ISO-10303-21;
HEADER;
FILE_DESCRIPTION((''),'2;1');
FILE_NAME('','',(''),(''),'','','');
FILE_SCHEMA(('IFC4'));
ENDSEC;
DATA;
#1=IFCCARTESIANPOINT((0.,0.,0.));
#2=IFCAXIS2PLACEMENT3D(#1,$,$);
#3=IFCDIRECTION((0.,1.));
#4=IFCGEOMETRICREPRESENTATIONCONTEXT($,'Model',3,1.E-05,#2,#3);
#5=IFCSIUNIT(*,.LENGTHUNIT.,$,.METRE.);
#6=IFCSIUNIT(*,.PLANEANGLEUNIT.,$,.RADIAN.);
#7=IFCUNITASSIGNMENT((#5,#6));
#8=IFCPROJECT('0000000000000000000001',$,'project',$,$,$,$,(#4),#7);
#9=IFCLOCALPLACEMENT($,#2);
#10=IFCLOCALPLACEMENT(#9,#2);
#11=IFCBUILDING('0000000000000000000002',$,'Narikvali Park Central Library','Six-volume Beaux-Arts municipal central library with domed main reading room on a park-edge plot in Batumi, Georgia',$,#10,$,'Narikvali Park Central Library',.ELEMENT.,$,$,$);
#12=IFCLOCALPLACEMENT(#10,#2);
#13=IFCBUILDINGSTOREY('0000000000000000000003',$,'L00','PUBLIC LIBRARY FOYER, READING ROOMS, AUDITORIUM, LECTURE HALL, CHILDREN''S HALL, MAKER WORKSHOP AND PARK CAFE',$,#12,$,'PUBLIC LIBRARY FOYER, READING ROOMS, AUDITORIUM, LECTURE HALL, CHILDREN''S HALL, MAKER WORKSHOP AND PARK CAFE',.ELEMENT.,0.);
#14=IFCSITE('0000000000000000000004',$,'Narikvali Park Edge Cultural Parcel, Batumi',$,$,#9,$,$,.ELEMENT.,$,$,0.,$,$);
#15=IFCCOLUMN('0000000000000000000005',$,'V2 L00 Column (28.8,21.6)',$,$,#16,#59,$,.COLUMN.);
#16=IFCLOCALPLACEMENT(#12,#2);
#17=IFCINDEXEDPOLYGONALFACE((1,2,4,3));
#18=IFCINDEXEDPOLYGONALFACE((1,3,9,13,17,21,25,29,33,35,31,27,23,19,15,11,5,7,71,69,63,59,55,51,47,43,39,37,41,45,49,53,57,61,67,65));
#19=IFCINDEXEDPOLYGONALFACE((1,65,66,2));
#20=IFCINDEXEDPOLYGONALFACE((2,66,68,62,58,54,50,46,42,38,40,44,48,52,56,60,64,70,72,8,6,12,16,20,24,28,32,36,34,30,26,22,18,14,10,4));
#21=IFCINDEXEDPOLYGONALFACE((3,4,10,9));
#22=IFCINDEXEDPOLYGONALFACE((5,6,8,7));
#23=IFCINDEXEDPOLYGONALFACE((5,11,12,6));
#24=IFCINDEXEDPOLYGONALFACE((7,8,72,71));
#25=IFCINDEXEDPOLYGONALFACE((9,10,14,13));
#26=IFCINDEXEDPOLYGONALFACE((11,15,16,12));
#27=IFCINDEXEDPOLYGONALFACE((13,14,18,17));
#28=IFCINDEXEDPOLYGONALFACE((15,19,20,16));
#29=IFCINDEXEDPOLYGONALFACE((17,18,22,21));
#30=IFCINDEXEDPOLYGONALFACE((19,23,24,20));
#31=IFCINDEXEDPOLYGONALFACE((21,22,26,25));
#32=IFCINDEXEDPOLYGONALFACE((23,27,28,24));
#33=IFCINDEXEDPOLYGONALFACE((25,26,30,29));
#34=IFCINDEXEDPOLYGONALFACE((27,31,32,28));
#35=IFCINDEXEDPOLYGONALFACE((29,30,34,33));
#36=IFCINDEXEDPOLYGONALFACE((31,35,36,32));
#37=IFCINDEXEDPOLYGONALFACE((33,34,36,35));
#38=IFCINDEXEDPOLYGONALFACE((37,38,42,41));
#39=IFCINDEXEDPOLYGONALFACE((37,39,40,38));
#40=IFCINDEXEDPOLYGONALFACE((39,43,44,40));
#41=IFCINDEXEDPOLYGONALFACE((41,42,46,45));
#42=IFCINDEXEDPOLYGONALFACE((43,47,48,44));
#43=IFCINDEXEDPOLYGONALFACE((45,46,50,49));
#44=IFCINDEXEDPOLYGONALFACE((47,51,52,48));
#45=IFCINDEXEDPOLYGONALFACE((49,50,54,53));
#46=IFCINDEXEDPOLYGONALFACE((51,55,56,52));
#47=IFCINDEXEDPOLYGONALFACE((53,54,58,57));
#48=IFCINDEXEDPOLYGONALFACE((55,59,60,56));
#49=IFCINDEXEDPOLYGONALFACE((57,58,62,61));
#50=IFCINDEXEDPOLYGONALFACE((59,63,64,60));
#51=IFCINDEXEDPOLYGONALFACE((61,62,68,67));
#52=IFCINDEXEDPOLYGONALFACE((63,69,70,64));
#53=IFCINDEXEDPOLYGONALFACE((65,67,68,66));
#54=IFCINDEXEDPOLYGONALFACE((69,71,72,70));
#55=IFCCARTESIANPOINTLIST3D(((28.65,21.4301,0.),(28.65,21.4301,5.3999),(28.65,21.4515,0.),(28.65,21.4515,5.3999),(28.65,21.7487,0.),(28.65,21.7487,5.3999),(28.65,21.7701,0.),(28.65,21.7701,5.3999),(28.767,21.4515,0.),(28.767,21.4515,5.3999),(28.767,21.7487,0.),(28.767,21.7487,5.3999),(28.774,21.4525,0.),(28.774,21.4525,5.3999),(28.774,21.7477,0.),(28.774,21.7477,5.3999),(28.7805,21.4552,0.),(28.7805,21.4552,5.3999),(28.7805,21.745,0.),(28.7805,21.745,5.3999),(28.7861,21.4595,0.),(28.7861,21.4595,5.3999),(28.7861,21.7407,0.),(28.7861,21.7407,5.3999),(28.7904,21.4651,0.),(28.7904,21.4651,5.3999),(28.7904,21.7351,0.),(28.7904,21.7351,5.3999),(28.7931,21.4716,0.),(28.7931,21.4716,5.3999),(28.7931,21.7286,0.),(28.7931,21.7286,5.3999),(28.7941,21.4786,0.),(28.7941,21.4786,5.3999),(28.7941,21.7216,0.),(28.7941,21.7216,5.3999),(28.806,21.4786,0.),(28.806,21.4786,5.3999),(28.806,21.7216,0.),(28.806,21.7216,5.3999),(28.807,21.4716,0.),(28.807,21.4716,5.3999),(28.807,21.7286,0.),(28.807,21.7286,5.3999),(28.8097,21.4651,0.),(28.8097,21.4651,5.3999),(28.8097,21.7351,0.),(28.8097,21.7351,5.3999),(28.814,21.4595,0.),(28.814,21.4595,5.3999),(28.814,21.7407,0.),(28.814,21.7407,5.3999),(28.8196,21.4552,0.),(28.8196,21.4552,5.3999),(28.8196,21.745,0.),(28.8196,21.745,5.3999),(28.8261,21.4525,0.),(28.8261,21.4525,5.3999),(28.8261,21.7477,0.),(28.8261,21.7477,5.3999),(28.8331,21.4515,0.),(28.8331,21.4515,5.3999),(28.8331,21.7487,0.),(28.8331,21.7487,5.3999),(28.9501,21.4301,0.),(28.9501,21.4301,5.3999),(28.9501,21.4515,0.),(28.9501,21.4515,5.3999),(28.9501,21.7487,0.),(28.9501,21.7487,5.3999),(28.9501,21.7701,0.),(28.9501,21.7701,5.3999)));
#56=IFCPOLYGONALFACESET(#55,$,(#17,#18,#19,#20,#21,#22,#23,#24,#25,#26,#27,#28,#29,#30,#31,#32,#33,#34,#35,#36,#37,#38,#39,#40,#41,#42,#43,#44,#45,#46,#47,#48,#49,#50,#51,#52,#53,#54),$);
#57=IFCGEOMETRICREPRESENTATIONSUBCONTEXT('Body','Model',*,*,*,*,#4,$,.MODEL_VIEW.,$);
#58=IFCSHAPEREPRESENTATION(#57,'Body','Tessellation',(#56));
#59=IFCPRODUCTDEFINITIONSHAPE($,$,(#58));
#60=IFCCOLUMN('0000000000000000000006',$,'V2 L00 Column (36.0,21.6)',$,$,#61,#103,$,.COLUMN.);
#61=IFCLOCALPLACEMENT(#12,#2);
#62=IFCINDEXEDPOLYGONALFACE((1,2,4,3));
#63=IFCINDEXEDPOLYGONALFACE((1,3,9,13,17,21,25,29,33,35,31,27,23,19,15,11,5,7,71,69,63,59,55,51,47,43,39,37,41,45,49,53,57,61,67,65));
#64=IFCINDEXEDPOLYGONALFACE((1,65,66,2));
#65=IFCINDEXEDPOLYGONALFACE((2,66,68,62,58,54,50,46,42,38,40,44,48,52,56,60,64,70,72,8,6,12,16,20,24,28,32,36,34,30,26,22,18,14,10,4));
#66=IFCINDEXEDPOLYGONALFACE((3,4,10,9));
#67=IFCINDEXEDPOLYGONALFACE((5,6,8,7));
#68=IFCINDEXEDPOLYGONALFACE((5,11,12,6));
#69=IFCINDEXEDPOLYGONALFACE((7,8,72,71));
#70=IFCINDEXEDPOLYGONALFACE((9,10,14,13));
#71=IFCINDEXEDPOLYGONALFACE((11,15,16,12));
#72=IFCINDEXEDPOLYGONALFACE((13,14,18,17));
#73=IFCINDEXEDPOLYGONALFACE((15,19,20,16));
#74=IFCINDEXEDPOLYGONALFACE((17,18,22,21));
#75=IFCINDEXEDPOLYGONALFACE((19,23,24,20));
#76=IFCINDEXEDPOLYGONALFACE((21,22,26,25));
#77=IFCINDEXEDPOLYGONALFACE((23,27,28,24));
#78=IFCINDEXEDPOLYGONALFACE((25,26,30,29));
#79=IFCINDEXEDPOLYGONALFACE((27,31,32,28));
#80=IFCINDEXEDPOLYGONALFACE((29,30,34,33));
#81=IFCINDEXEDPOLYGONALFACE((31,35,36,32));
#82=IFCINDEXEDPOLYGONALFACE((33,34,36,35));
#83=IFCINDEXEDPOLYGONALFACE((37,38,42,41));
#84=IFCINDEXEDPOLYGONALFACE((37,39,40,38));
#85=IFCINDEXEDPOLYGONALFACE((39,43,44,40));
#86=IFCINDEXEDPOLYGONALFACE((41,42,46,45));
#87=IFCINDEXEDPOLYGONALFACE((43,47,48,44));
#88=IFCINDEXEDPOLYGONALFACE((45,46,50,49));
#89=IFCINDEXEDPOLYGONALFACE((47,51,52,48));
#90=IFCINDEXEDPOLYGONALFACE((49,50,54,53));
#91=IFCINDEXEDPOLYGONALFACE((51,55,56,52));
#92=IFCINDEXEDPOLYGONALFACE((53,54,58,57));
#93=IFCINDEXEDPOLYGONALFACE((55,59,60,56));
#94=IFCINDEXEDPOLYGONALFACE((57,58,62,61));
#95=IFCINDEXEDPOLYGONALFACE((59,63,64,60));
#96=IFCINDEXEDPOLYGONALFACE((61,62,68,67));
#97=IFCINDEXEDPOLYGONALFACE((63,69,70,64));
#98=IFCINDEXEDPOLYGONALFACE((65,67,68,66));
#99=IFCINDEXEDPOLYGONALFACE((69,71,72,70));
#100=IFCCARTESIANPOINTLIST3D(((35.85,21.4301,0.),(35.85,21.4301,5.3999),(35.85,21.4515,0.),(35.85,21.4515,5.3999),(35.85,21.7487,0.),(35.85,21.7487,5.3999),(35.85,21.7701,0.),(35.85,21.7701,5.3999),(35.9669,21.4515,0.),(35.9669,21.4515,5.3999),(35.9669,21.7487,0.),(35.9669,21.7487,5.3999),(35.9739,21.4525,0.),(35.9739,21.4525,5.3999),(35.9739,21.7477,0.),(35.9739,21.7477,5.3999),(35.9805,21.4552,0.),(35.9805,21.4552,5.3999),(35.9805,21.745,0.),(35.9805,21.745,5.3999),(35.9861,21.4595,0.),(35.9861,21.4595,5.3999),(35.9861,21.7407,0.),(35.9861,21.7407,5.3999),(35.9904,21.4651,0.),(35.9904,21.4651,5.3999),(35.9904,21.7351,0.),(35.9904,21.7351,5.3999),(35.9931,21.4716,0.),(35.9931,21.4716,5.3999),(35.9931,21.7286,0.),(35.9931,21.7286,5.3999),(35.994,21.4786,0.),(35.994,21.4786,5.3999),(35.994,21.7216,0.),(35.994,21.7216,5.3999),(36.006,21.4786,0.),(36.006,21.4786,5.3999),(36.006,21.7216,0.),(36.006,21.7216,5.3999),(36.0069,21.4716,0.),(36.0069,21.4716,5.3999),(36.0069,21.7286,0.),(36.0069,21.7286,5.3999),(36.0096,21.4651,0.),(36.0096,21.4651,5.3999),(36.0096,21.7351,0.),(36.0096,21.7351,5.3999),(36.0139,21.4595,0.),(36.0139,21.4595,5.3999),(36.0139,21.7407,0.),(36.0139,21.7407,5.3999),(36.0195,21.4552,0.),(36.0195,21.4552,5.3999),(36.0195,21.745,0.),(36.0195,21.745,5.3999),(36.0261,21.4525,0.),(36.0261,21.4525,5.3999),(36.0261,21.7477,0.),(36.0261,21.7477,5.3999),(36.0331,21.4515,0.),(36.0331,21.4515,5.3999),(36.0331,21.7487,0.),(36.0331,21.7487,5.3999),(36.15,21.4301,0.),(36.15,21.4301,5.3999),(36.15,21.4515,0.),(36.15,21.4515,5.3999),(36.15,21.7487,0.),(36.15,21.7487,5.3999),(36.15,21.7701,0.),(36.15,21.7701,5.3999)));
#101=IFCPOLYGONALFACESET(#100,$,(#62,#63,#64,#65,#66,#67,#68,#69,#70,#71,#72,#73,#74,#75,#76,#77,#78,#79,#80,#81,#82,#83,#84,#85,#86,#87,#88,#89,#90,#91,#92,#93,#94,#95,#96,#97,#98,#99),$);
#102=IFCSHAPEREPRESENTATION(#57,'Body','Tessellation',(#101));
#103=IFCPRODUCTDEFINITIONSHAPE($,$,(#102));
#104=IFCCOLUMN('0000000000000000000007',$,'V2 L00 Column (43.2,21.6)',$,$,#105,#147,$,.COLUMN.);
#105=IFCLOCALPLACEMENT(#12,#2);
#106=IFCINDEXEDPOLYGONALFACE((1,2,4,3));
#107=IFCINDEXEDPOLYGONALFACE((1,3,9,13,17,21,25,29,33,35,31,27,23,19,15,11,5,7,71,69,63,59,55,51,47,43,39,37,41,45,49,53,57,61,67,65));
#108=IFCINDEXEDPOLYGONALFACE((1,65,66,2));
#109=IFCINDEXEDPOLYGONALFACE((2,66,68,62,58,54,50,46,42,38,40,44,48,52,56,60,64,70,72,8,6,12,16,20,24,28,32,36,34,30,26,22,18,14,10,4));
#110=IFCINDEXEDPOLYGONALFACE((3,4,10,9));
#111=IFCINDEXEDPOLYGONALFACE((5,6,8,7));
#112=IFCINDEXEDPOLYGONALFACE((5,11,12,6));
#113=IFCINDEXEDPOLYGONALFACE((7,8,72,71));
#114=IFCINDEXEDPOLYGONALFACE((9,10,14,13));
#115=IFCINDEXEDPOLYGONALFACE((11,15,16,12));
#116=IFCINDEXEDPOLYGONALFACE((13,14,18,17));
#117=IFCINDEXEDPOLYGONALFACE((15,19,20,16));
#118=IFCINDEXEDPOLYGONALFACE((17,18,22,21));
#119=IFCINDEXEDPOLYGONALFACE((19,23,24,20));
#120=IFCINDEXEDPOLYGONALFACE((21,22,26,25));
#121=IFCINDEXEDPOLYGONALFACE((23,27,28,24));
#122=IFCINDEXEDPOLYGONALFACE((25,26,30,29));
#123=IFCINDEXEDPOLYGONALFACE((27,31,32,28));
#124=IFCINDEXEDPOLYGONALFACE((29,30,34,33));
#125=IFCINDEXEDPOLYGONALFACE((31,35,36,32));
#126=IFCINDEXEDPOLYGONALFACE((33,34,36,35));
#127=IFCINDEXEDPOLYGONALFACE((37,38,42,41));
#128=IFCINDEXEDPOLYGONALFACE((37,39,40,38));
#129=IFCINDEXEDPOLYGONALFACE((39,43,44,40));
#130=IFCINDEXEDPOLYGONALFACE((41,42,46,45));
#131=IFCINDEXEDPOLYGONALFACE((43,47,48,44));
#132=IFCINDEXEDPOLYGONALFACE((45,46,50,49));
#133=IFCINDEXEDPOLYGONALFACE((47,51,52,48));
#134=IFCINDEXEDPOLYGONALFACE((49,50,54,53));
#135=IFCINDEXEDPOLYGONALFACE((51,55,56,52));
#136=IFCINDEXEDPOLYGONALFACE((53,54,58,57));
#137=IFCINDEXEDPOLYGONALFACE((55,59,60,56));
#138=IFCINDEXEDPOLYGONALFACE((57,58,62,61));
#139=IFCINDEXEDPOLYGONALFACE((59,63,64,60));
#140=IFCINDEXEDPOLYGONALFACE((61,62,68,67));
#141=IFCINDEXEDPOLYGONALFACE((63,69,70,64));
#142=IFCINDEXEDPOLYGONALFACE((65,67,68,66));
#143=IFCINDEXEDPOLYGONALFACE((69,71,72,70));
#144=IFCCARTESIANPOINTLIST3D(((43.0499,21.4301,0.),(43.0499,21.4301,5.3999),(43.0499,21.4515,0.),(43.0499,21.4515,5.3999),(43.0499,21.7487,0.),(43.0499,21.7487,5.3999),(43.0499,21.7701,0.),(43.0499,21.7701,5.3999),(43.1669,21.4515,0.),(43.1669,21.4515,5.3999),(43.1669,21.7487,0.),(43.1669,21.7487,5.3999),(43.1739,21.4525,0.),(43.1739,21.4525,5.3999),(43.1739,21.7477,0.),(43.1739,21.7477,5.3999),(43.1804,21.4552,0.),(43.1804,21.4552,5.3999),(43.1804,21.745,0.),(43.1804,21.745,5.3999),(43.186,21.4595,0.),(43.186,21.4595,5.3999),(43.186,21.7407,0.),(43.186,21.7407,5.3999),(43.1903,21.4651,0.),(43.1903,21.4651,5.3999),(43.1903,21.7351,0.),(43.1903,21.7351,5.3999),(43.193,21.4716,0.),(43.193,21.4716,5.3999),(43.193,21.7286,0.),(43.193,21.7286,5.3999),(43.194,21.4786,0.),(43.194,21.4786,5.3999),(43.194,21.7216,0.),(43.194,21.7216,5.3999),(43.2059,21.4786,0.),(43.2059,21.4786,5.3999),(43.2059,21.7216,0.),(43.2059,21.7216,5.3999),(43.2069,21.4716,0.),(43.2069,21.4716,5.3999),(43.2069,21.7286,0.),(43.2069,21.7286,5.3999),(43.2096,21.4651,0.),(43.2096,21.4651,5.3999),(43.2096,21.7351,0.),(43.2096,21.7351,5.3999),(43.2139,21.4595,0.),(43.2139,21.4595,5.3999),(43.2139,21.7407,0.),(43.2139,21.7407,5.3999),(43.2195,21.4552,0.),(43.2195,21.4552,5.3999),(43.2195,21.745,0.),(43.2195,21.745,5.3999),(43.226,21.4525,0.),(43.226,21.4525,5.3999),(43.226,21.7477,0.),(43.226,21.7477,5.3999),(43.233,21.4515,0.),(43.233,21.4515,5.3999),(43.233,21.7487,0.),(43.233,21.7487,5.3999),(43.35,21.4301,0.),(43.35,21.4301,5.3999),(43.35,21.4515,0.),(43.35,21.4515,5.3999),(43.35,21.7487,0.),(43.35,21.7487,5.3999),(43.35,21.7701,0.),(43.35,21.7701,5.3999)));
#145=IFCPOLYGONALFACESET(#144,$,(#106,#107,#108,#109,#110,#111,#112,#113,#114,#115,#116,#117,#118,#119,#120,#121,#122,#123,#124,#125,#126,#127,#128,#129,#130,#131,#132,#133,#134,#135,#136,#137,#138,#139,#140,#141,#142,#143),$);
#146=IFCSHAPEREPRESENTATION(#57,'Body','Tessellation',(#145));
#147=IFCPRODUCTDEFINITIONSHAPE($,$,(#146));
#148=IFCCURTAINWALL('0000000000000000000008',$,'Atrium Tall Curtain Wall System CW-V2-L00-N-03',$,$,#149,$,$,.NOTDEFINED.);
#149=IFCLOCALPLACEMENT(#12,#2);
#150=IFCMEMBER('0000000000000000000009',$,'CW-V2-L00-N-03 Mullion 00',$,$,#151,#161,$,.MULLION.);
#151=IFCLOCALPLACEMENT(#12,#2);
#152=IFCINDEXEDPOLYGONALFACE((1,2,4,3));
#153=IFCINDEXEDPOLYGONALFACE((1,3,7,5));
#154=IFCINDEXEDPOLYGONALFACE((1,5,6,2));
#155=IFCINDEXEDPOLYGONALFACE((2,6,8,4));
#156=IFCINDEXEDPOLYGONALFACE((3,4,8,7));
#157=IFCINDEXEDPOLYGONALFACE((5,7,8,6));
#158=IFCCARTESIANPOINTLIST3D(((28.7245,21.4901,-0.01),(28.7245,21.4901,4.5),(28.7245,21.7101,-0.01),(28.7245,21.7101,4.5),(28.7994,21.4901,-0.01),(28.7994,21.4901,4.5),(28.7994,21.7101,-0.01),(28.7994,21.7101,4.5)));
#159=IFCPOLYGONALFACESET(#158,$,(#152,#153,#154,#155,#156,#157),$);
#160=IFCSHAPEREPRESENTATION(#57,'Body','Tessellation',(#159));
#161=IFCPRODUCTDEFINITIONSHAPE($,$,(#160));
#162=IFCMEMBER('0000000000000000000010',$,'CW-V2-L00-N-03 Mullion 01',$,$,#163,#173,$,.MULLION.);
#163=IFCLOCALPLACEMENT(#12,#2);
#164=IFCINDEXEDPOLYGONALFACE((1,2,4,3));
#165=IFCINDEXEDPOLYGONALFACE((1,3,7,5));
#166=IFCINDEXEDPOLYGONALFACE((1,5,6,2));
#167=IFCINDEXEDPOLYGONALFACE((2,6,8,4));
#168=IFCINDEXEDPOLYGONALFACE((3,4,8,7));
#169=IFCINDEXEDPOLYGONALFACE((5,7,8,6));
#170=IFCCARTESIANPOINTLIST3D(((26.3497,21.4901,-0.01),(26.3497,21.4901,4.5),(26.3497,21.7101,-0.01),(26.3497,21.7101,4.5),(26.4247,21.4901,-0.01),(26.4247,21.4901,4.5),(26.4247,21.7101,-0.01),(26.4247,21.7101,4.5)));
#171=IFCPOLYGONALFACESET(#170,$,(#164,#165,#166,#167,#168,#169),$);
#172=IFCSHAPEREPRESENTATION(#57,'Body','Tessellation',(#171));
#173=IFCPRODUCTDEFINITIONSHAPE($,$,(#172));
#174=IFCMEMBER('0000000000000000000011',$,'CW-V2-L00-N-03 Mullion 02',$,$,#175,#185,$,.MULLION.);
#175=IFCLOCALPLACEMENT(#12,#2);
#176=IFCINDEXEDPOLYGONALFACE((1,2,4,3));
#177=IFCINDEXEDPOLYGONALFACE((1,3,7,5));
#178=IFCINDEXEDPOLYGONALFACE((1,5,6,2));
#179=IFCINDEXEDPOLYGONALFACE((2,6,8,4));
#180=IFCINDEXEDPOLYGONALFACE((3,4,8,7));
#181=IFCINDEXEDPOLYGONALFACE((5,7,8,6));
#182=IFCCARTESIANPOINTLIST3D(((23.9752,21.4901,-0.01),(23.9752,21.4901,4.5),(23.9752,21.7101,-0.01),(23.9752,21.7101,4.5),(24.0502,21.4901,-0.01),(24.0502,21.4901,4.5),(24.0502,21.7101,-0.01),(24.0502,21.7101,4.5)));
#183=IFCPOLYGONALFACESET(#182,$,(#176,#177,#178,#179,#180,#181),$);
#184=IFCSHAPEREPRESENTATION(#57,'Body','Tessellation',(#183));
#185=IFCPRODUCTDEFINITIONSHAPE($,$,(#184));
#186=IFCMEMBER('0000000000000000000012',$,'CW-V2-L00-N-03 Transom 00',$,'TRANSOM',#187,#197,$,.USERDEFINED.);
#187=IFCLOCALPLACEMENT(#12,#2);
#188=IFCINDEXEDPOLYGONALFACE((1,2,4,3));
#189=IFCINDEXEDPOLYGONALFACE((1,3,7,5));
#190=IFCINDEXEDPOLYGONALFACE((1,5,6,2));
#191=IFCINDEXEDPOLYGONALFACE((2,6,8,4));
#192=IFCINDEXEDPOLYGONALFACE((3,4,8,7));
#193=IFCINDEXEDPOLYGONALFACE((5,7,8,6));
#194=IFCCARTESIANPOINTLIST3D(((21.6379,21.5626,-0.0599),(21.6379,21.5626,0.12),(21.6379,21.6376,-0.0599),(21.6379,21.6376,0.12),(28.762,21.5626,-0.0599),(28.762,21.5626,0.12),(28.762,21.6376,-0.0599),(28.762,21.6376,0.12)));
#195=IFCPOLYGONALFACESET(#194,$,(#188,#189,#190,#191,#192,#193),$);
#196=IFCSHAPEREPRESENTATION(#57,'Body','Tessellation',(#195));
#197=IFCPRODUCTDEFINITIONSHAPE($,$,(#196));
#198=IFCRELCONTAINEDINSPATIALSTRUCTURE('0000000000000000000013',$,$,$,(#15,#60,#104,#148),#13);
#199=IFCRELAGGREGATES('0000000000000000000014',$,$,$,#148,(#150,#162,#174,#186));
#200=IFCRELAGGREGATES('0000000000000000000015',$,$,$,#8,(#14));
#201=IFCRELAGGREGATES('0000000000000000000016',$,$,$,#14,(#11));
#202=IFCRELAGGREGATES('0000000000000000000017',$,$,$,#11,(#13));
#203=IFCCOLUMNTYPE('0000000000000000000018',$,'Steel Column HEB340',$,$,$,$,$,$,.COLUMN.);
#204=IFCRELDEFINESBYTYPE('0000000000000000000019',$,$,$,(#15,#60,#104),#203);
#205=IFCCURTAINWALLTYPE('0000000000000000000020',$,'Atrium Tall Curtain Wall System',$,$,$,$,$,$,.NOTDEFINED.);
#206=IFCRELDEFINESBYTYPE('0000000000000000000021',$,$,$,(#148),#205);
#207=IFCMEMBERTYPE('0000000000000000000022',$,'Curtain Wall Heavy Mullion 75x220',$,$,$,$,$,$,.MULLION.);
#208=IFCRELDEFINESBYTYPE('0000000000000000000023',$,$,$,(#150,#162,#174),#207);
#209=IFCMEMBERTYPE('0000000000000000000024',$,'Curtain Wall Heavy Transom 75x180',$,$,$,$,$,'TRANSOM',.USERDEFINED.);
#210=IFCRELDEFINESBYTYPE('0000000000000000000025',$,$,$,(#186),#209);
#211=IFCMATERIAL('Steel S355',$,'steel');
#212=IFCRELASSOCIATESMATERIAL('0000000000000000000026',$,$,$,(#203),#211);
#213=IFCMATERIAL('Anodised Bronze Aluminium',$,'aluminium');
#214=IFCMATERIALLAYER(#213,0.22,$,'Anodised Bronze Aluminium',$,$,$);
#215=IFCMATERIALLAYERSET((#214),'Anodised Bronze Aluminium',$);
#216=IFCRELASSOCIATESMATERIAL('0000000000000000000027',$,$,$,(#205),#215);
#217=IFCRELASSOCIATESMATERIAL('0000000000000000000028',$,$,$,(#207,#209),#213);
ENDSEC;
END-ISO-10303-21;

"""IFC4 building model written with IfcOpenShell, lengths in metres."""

from ifc_helpers import new_model, si_unit, direction, frame, origin, origin_2d, place, context, subcontext, project, spatial, rectangle, i_section, extrude, material, layer, layer_set, material_profile, profile_set, type_object, element, aggregate, save


model = new_model("IFC4")

# Units and contexts
model_context = context("Model", 3, precision=1e-05, world=origin(), true_north=direction((0.0, 1.0)))
body_context = subcontext(model_context, "Body", "Model", "MODEL_VIEW")
ifc_project = project(units=[si_unit("LENGTHUNIT", "METRE"), si_unit("PLANEANGLEUNIT", "RADIAN")], contexts=[model_context])

# Site, building, storey
site_placement = place(None, origin())
site = spatial("IfcSite", under=ifc_project, at=site_placement, Name="Narikvali Park Edge Cultural Parcel, Batumi", CompositionType="ELEMENT", RefElevation=0.0)
building_placement = place(site_placement, origin())
building = spatial("IfcBuilding", under=site, at=building_placement, Name="Narikvali Park Central Library", Description="Six-volume Beaux-Arts municipal central library with domed main reading room on a park-edge plot in Batumi, Georgia", LongName="Narikvali Park Central Library", CompositionType="ELEMENT")
storey_placement = place(building_placement, origin())
storey = spatial("IfcBuildingStorey", under=building, at=storey_placement, Name="L00", Description="PUBLIC LIBRARY FOYER, READING ROOMS, AUDITORIUM, LECTURE HALL, CHILDREN'S HALL, MAKER WORKSHOP AND PARK CAFE", LongName="PUBLIC LIBRARY FOYER, READING ROOMS, AUDITORIUM, LECTURE HALL, CHILDREN'S HALL, MAKER WORKSHOP AND PARK CAFE", CompositionType="ELEMENT", Elevation=0.0)

# Columns
ifc_material_1 = material(Name="Steel S355", Category="steel")
ifc_material_profile_1 = material_profile(ifc_material_1, i_section(OverallWidth=0.3, OverallDepth=0.3401, WebThickness=0.012, FlangeThickness=0.0215, FilletRadius=0.0271, at=origin_2d()), Name="HEB 340")
ifc_profile_set_1 = profile_set([ifc_material_profile_1], Name="Steel S355")
column_type = type_object("IfcColumnType", Name="Steel Column HEB340", PredefinedType="COLUMN", material=ifc_profile_set_1)
for number, where, z_axis, x_axis, name in (
    (1, (28.8, 21.6001, 0.0), (0.0, 0.0, 1.0), (1.0, 0.0, 0.0), "V2 L00 Column (28.8,21.6)"),
    (2, (36.0, 21.6001, 0.0), (0.0, 0.0, 1.0), (1.0, 0.0, 0.0), "V2 L00 Column (36.0,21.6)"),
    (3, (43.2, 21.6001, 0.0), (0.0, 0.0, 1.0), (1.0, 0.0, 0.0), "V2 L00 Column (43.2,21.6)"),
):
    element("IfcColumn", number, at=place(storey_placement, frame(where, z_axis=z_axis, x_axis=x_axis)), inside=storey, type_object=column_type, Name=name, PredefinedType="COLUMN", context=body_context, shape_type="SweptSolid", body=[
        extrude(i_section(OverallWidth=0.3, OverallDepth=0.3401, WebThickness=0.012, FlangeThickness=0.0215, FilletRadius=0.0271, at=origin_2d()), origin(), (0.0, 0.0, 1.0), 5.3999),
    ])

# Curtain wall, members
ifc_material_2 = material(Name="Anodised Bronze Aluminium", Category="aluminium")
ifc_layer_1 = layer(ifc_material_2, 0.22, Name="Anodised Bronze Aluminium")
ifc_layer_set_1 = layer_set([ifc_layer_1], Name="Anodised Bronze Aluminium")
curtain_wall_type = type_object("IfcCurtainWallType", Name="Atrium Tall Curtain Wall System", PredefinedType="NOTDEFINED", material=ifc_layer_set_1)
curtain_wall_placement = place(storey_placement, origin())
curtain_wall = element("IfcCurtainWall", 4, at=curtain_wall_placement, inside=storey, type_object=curtain_wall_type, Name="Atrium Tall Curtain Wall System CW-V2-L00-N-03", PredefinedType="NOTDEFINED")
ifc_material_profile_2 = material_profile(ifc_material_2, rectangle(XDim=0.075, YDim=0.22, at=origin_2d()), Name="CW MULLION 75x220")
ifc_profile_set_2 = profile_set([ifc_material_profile_2], Name="Anodised Bronze Aluminium")
member_type_1 = type_object("IfcMemberType", Name="Curtain Wall Heavy Mullion 75x220", PredefinedType="MULLION", material=ifc_profile_set_2)
member_1_placement = place(storey_placement, frame((28.762, 21.6001, -0.01), z_axis=(0.0, 0.0, 1.0), x_axis=(1.0, 0.0, 0.0)))
member_1 = element("IfcMember", 5, at=member_1_placement, type_object=member_type_1, Name="CW-V2-L00-N-03 Mullion 00", PredefinedType="MULLION", context=body_context, shape_type="SweptSolid", body=[
    extrude(rectangle(XDim=0.075, YDim=0.22, at=origin_2d()), origin(), (0.0, 0.0, 1.0), 4.51),
])
member_2_placement = place(storey_placement, frame((26.3872, 21.6001, -0.01), z_axis=(0.0, 0.0, 1.0), x_axis=(1.0, 0.0, 0.0)))
member_2 = element("IfcMember", 6, at=member_2_placement, type_object=member_type_1, Name="CW-V2-L00-N-03 Mullion 01", PredefinedType="MULLION", context=body_context, shape_type="SweptSolid", body=[
    extrude(rectangle(XDim=0.075, YDim=0.22, at=origin_2d()), origin(), (0.0, 0.0, 1.0), 4.51),
])
member_3_placement = place(storey_placement, frame((24.0127, 21.6001, -0.01), z_axis=(0.0, 0.0, 1.0), x_axis=(1.0, 0.0, 0.0)))
member_3 = element("IfcMember", 7, at=member_3_placement, type_object=member_type_1, Name="CW-V2-L00-N-03 Mullion 02", PredefinedType="MULLION", context=body_context, shape_type="SweptSolid", body=[
    extrude(rectangle(XDim=0.075, YDim=0.22, at=origin_2d()), origin(), (0.0, 0.0, 1.0), 4.51),
])
ifc_material_profile_3 = material_profile(ifc_material_2, rectangle(XDim=0.075, YDim=0.1799, at=origin_2d()), Name="CW TRANSOM 75x180")
ifc_profile_set_3 = profile_set([ifc_material_profile_3], Name="Anodised Bronze Aluminium")
member_type_2 = type_object("IfcMemberType", Name="Curtain Wall Heavy Transom 75x180", ElementType="TRANSOM", PredefinedType="USERDEFINED", material=ifc_profile_set_3)
member_4_placement = place(storey_placement, frame((28.762, 21.6001, 0.03), z_axis=(-1.0, 0.0, 0.0), x_axis=(0.0, -1.0, 0.0)))
member_4 = element("IfcMember", 8, at=member_4_placement, type_object=member_type_2, Name="CW-V2-L00-N-03 Transom 00", ObjectType="TRANSOM", PredefinedType="USERDEFINED", context=body_context, shape_type="SweptSolid", body=[
    extrude(rectangle(XDim=0.075, YDim=0.1799, at=origin_2d()), origin(), (0.0, 0.0, 1.0), 7.124),
])

aggregate(curtain_wall, [member_1, member_2, member_3, member_4])

save(model, "model.ifc")
